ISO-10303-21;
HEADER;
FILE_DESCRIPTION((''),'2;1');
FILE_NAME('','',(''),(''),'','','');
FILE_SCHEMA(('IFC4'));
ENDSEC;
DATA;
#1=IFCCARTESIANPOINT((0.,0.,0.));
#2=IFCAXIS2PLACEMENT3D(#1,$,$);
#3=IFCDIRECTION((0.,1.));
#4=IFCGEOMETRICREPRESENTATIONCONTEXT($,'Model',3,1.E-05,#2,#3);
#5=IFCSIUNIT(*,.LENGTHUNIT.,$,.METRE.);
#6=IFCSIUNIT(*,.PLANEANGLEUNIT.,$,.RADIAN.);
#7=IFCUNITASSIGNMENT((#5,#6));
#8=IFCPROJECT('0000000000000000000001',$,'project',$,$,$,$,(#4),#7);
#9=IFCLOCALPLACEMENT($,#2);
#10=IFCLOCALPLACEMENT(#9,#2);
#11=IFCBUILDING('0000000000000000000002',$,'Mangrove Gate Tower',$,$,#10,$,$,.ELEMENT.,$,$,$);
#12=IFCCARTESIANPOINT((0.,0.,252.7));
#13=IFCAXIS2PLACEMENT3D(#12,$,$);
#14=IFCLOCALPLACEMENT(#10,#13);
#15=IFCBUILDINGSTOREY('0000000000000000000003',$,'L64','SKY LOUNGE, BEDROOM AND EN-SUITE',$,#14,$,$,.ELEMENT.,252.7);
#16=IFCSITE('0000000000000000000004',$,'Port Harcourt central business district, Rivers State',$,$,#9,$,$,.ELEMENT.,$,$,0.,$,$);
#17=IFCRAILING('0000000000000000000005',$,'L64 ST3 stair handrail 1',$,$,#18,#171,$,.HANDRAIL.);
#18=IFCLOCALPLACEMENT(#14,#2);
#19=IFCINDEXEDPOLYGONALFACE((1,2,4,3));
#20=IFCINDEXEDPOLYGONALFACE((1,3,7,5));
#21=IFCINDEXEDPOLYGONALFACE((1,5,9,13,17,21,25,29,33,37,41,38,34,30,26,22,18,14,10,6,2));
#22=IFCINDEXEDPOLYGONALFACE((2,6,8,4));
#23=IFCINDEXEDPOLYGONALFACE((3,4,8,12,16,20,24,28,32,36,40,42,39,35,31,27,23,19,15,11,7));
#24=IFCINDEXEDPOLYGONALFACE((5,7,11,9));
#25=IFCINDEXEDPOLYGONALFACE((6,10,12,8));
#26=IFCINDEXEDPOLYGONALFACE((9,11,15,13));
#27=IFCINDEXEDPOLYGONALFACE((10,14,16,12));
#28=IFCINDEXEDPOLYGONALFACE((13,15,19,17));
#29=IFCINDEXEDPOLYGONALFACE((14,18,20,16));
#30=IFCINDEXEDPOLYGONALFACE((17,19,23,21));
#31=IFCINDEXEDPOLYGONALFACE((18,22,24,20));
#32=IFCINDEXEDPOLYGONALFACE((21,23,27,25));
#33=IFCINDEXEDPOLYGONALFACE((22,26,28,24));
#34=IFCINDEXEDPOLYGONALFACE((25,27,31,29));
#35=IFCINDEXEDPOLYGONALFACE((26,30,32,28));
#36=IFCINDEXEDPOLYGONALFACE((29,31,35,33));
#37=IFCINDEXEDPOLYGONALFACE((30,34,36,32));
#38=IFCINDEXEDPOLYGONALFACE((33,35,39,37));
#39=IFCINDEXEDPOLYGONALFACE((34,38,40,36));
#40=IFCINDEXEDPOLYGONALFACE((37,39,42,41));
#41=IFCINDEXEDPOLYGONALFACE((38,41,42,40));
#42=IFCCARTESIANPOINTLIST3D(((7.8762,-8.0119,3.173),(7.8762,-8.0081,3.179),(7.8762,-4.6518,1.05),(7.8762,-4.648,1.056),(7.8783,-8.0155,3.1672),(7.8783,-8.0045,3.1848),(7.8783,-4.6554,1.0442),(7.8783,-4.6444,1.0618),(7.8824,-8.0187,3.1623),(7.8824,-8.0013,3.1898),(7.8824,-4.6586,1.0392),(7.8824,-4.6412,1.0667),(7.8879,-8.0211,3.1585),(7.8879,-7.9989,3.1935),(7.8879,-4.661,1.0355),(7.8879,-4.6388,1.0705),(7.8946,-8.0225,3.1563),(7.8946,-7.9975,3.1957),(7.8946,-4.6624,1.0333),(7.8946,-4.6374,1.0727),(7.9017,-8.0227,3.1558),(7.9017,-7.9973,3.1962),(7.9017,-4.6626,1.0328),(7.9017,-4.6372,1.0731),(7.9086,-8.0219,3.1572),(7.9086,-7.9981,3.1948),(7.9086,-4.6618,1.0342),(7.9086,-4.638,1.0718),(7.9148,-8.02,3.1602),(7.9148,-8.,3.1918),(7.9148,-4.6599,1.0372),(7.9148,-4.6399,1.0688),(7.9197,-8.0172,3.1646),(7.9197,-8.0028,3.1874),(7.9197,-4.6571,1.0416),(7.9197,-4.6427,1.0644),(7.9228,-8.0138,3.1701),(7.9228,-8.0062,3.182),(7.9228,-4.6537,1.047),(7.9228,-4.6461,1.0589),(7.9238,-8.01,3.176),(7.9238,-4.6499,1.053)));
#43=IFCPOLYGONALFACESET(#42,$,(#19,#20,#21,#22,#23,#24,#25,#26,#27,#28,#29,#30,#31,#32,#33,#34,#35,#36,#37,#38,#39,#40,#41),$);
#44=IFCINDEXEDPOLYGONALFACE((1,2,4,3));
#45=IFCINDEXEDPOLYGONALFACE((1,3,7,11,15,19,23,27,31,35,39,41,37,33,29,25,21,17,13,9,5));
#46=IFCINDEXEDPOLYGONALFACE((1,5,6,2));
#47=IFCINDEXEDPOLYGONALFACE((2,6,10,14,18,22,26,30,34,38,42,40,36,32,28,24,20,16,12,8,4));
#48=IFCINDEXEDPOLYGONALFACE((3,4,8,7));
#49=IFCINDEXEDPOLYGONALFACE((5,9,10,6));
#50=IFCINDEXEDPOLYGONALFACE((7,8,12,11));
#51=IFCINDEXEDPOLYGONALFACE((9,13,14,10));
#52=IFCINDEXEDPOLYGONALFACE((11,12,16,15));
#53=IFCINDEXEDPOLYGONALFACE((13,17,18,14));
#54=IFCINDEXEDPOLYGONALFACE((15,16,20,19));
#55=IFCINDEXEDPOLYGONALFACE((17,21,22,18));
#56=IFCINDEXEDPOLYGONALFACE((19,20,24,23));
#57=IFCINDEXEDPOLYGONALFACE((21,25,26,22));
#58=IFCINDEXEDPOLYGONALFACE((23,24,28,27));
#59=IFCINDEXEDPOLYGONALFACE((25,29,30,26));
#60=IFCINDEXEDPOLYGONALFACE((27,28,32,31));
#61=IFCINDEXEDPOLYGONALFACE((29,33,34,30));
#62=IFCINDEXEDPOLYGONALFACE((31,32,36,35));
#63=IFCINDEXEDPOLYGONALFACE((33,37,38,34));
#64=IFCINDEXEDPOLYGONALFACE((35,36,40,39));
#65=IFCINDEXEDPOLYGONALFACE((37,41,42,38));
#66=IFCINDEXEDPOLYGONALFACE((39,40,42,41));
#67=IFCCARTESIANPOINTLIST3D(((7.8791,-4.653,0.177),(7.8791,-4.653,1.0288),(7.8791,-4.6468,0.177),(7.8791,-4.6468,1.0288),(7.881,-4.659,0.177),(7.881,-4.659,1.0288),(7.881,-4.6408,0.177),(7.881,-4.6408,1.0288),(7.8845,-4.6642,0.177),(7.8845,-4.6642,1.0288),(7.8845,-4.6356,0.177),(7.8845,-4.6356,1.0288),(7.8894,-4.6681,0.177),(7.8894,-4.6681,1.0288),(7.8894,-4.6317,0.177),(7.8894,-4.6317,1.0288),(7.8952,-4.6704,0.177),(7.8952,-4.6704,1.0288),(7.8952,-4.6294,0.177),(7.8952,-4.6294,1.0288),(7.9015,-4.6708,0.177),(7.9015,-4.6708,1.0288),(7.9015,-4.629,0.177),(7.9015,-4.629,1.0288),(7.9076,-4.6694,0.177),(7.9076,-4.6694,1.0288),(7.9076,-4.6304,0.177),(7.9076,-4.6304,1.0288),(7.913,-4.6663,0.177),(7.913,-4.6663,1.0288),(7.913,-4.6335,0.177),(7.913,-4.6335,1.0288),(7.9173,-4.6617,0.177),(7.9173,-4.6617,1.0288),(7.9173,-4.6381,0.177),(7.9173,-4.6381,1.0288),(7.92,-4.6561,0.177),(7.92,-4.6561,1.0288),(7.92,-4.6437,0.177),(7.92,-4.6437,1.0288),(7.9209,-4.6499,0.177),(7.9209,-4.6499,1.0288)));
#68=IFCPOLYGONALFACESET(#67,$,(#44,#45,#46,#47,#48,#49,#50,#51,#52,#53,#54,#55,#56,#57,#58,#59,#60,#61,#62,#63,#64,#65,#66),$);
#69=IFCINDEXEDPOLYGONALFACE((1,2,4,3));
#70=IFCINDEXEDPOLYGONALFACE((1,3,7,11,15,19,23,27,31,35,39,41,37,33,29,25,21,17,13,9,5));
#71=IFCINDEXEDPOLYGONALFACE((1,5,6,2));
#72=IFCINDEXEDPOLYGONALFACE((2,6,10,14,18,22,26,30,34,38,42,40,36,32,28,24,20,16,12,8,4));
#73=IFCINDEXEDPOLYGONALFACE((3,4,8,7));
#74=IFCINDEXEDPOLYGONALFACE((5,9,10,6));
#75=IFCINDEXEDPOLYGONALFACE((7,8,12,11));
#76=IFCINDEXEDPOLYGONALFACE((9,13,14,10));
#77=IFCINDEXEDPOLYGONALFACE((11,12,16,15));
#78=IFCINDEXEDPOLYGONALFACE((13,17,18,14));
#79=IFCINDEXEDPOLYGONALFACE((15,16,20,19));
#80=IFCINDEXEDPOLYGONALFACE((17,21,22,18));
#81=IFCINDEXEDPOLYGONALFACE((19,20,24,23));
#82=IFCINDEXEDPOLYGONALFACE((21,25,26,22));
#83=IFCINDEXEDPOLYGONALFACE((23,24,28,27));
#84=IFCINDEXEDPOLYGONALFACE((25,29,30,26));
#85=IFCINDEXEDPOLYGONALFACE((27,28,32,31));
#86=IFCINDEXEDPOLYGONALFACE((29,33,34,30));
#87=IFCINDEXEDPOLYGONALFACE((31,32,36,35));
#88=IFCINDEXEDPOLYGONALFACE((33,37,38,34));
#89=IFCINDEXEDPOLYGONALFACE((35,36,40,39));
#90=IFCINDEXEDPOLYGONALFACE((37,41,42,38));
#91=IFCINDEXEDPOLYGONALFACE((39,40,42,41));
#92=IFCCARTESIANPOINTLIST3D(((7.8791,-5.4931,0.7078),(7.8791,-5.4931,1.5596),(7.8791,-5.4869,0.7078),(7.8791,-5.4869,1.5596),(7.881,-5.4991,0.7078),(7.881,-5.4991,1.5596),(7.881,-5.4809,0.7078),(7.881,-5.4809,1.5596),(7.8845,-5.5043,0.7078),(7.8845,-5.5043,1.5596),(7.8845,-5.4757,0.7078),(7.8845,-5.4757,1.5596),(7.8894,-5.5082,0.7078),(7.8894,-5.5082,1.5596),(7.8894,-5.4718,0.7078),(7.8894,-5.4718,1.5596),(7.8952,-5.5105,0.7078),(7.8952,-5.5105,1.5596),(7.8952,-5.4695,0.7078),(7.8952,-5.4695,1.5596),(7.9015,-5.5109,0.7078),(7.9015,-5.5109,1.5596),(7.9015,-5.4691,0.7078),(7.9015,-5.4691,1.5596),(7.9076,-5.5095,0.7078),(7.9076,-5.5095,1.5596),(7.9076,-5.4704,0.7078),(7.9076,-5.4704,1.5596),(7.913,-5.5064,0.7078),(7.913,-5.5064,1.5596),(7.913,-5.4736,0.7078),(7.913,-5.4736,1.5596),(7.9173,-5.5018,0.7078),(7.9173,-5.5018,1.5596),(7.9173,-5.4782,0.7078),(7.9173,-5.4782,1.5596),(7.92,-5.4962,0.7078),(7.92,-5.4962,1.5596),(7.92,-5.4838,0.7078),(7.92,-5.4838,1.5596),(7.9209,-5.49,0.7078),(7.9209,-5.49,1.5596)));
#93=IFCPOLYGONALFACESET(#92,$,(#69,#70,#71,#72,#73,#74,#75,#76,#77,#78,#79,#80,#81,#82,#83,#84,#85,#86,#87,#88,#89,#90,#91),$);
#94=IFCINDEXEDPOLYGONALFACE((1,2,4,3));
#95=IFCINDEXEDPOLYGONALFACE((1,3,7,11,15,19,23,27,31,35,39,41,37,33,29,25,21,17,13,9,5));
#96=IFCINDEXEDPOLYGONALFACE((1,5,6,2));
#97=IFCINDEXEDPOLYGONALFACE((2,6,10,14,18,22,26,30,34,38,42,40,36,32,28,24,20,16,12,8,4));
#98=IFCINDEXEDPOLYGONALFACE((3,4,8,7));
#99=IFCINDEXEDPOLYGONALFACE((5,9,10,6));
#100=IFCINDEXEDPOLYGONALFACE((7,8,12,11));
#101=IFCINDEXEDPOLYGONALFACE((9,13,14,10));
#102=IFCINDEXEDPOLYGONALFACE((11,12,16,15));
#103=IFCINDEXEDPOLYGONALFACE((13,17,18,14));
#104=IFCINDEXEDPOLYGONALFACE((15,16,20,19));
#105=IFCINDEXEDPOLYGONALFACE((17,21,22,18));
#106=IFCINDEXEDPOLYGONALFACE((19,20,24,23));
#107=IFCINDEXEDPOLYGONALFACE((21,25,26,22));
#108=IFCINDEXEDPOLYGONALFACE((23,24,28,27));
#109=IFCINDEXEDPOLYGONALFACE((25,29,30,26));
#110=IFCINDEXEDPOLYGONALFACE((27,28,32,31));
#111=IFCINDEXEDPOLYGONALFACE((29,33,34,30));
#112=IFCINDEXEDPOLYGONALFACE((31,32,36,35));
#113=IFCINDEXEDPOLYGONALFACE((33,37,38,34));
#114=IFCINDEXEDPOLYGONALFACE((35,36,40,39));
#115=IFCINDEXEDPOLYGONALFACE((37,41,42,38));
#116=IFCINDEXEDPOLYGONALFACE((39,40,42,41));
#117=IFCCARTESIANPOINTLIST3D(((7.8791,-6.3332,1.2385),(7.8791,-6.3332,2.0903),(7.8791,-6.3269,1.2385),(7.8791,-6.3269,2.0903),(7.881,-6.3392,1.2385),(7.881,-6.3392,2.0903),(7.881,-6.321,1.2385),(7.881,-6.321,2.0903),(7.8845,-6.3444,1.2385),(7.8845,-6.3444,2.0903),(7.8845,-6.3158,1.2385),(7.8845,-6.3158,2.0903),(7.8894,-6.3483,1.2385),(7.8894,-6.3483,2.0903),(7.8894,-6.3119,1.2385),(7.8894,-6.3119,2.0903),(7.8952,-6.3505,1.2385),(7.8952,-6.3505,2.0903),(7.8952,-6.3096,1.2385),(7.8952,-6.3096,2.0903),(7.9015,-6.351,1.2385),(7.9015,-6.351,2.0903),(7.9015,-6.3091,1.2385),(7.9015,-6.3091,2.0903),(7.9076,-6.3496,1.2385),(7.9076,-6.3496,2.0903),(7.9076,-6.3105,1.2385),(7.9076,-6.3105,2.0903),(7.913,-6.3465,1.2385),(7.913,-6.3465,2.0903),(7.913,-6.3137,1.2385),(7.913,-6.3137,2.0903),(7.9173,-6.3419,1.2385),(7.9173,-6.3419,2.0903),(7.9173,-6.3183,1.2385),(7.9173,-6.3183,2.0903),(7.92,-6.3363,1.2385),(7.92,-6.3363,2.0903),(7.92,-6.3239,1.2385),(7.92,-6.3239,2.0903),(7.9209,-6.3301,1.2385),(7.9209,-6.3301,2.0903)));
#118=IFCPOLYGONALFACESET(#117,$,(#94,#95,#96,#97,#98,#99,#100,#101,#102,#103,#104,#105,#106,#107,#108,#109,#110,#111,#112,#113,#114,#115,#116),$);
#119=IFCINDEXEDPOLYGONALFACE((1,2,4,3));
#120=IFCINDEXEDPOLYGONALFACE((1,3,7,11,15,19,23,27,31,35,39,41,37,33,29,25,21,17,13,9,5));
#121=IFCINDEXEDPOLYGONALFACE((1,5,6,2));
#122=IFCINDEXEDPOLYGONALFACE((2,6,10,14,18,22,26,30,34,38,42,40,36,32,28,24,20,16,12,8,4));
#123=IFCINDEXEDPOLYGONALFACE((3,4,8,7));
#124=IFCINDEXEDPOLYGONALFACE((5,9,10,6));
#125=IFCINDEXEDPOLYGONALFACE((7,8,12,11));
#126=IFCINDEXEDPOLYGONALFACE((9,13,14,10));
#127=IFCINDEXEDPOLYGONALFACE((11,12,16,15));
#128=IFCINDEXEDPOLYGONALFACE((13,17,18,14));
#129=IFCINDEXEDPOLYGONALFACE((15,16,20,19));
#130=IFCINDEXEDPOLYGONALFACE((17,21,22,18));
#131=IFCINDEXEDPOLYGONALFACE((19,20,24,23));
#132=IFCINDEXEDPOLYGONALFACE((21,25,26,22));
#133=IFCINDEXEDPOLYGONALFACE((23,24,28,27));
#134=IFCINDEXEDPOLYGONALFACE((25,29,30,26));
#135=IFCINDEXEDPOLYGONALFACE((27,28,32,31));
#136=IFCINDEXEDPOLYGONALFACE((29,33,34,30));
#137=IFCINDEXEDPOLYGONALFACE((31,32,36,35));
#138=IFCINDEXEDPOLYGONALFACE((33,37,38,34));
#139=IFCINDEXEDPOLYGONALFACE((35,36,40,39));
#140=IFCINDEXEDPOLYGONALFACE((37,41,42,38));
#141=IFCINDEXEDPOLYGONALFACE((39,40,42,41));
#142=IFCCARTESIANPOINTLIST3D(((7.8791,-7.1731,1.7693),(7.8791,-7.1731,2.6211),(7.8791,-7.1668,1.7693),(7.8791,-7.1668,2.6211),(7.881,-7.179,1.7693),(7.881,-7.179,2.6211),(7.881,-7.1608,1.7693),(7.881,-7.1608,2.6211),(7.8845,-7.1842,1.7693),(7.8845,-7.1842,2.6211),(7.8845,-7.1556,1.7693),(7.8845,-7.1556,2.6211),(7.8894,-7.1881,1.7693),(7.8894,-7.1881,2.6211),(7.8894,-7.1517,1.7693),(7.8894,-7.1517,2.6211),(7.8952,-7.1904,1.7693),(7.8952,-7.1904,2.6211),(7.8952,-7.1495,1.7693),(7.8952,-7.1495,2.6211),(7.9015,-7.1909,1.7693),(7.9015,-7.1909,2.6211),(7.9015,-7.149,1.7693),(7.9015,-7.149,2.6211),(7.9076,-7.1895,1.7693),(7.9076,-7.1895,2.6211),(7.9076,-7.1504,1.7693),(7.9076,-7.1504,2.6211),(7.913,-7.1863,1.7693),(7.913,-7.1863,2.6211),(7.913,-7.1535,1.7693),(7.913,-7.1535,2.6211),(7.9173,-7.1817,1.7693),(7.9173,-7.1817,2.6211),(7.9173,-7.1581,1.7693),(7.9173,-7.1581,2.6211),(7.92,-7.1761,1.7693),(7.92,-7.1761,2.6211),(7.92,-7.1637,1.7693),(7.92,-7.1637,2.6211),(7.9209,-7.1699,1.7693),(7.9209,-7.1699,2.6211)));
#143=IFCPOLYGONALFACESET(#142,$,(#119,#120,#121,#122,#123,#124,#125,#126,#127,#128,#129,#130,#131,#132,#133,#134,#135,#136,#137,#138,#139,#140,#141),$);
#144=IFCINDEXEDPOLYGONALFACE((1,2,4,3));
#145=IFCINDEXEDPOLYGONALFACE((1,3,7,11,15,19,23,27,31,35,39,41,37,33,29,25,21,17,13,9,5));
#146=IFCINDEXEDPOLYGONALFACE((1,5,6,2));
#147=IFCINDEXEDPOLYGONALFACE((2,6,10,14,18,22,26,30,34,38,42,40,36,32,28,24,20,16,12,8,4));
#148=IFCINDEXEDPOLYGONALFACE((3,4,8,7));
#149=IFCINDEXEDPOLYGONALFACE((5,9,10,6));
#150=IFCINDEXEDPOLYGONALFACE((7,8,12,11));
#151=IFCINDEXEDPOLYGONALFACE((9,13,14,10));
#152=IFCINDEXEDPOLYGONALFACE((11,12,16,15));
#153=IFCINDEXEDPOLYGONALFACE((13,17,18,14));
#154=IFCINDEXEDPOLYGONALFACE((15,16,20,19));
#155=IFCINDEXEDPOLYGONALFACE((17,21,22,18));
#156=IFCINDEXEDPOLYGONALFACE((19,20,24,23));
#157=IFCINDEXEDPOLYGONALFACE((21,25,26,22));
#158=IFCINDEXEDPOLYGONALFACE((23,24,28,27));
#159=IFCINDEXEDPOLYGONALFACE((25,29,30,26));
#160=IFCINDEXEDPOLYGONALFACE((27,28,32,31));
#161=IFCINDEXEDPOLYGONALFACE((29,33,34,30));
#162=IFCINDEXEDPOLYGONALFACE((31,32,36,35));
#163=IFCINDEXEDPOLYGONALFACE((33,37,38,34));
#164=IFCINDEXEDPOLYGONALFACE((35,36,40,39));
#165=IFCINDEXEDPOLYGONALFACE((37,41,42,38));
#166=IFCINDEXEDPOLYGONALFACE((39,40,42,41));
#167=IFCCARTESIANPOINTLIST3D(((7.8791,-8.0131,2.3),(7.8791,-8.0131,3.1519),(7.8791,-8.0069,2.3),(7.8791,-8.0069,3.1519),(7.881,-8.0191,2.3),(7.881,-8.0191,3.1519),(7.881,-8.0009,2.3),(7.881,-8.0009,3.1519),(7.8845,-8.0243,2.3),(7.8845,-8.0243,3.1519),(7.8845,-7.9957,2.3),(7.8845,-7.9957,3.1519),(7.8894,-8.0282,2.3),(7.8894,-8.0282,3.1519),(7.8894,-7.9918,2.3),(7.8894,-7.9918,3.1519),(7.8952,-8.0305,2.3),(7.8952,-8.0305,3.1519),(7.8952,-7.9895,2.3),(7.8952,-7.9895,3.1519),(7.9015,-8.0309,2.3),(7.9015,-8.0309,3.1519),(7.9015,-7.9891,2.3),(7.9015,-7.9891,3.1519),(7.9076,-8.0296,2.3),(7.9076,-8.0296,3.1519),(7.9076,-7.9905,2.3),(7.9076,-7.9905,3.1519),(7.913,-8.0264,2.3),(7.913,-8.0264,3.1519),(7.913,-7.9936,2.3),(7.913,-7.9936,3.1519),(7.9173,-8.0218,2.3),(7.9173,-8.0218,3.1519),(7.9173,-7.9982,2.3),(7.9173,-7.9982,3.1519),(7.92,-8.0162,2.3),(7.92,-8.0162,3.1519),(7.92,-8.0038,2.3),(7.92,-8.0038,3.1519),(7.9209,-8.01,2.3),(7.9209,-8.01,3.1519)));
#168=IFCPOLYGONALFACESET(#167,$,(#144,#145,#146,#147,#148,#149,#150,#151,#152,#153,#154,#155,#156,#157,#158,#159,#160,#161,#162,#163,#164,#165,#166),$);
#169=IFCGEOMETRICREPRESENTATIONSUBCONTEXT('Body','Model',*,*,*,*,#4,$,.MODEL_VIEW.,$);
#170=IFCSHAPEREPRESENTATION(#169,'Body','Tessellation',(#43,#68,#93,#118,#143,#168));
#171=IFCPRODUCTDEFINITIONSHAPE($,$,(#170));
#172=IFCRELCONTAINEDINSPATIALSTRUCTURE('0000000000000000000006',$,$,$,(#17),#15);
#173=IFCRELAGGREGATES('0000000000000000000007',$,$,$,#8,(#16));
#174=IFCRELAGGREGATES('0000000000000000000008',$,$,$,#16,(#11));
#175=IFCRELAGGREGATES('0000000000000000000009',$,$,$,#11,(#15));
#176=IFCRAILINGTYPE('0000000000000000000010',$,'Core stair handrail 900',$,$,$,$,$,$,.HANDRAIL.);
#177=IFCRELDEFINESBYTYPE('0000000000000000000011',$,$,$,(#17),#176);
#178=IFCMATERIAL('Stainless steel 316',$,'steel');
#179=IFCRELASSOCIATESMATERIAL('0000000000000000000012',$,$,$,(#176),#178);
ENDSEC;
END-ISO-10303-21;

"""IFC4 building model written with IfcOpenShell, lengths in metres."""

from ifc_helpers import new_model, si_unit, direction, frame, origin, origin_2d, place, context, subcontext, project, spatial, circle, extrude, material, type_object, element, save


model = new_model("IFC4")

# Units and contexts
model_context = context("Model", 3, precision=1e-05, world=origin(), true_north=direction((0.0, 1.0)))
body_context = subcontext(model_context, "Body", "Model", "MODEL_VIEW")
ifc_project = project(units=[si_unit("LENGTHUNIT", "METRE"), si_unit("PLANEANGLEUNIT", "RADIAN")], contexts=[model_context])

# Site, building, storey
site_placement = place(None, origin())
site = spatial("IfcSite", under=ifc_project, at=site_placement, Name="Port Harcourt central business district, Rivers State", CompositionType="ELEMENT", RefElevation=0.0)
building_placement = place(site_placement, origin())
building = spatial("IfcBuilding", under=site, at=building_placement, Name="Mangrove Gate Tower", CompositionType="ELEMENT")
storey_placement = place(building_placement, frame((0.0, 0.0, 252.7)))
storey = spatial("IfcBuildingStorey", under=building, at=storey_placement, Name="L64", Description="SKY LOUNGE, BEDROOM AND EN-SUITE", CompositionType="ELEMENT", Elevation=252.7)

# Railing
ifc_material_1 = material(Name="Stainless steel 316", Category="steel")
railing_type_1 = type_object("IfcRailingType", Name="Core stair handrail 900", PredefinedType="HANDRAIL", material=ifc_material_1)
railing_1_placement = place(storey_placement, frame((7.8999, -4.6499, 0.177)))
element("IfcRailing", 1, at=railing_1_placement, inside=storey, type_object=railing_type_1, Name="L64 ST3 stair handrail 1", PredefinedType="HANDRAIL", context=body_context, shape_type="SweptSolid", body=[
    extrude(circle(Radius=0.0239, at=origin_2d()), frame((0.0, 0.0, 0.876), z_axis=(0.0, -0.84539, 0.53415), x_axis=(1.0, 0.0, 0.0)), (0.0, 0.0, 1.0), 3.9746),
    extrude(circle(Radius=0.021, at=origin_2d()), origin(), (0.0, 0.0, 1.0), 0.8518),
    extrude(circle(Radius=0.021, at=origin_2d()), frame((0.0, -0.8401, 0.5308)), (0.0, 0.0, 1.0), 0.8518),
    extrude(circle(Radius=0.021, at=origin_2d()), frame((0.0, -1.6802, 1.0615)), (0.0, 0.0, 1.0), 0.8518),
    extrude(circle(Radius=0.021, at=origin_2d()), frame((0.0, -2.52, 1.5923)), (0.0, 0.0, 1.0), 0.8518),
    extrude(circle(Radius=0.021, at=origin_2d()), frame((0.0, -3.3601, 2.123)), (0.0, 0.0, 1.0), 0.8518),
])

save(model, "model.ifc")
